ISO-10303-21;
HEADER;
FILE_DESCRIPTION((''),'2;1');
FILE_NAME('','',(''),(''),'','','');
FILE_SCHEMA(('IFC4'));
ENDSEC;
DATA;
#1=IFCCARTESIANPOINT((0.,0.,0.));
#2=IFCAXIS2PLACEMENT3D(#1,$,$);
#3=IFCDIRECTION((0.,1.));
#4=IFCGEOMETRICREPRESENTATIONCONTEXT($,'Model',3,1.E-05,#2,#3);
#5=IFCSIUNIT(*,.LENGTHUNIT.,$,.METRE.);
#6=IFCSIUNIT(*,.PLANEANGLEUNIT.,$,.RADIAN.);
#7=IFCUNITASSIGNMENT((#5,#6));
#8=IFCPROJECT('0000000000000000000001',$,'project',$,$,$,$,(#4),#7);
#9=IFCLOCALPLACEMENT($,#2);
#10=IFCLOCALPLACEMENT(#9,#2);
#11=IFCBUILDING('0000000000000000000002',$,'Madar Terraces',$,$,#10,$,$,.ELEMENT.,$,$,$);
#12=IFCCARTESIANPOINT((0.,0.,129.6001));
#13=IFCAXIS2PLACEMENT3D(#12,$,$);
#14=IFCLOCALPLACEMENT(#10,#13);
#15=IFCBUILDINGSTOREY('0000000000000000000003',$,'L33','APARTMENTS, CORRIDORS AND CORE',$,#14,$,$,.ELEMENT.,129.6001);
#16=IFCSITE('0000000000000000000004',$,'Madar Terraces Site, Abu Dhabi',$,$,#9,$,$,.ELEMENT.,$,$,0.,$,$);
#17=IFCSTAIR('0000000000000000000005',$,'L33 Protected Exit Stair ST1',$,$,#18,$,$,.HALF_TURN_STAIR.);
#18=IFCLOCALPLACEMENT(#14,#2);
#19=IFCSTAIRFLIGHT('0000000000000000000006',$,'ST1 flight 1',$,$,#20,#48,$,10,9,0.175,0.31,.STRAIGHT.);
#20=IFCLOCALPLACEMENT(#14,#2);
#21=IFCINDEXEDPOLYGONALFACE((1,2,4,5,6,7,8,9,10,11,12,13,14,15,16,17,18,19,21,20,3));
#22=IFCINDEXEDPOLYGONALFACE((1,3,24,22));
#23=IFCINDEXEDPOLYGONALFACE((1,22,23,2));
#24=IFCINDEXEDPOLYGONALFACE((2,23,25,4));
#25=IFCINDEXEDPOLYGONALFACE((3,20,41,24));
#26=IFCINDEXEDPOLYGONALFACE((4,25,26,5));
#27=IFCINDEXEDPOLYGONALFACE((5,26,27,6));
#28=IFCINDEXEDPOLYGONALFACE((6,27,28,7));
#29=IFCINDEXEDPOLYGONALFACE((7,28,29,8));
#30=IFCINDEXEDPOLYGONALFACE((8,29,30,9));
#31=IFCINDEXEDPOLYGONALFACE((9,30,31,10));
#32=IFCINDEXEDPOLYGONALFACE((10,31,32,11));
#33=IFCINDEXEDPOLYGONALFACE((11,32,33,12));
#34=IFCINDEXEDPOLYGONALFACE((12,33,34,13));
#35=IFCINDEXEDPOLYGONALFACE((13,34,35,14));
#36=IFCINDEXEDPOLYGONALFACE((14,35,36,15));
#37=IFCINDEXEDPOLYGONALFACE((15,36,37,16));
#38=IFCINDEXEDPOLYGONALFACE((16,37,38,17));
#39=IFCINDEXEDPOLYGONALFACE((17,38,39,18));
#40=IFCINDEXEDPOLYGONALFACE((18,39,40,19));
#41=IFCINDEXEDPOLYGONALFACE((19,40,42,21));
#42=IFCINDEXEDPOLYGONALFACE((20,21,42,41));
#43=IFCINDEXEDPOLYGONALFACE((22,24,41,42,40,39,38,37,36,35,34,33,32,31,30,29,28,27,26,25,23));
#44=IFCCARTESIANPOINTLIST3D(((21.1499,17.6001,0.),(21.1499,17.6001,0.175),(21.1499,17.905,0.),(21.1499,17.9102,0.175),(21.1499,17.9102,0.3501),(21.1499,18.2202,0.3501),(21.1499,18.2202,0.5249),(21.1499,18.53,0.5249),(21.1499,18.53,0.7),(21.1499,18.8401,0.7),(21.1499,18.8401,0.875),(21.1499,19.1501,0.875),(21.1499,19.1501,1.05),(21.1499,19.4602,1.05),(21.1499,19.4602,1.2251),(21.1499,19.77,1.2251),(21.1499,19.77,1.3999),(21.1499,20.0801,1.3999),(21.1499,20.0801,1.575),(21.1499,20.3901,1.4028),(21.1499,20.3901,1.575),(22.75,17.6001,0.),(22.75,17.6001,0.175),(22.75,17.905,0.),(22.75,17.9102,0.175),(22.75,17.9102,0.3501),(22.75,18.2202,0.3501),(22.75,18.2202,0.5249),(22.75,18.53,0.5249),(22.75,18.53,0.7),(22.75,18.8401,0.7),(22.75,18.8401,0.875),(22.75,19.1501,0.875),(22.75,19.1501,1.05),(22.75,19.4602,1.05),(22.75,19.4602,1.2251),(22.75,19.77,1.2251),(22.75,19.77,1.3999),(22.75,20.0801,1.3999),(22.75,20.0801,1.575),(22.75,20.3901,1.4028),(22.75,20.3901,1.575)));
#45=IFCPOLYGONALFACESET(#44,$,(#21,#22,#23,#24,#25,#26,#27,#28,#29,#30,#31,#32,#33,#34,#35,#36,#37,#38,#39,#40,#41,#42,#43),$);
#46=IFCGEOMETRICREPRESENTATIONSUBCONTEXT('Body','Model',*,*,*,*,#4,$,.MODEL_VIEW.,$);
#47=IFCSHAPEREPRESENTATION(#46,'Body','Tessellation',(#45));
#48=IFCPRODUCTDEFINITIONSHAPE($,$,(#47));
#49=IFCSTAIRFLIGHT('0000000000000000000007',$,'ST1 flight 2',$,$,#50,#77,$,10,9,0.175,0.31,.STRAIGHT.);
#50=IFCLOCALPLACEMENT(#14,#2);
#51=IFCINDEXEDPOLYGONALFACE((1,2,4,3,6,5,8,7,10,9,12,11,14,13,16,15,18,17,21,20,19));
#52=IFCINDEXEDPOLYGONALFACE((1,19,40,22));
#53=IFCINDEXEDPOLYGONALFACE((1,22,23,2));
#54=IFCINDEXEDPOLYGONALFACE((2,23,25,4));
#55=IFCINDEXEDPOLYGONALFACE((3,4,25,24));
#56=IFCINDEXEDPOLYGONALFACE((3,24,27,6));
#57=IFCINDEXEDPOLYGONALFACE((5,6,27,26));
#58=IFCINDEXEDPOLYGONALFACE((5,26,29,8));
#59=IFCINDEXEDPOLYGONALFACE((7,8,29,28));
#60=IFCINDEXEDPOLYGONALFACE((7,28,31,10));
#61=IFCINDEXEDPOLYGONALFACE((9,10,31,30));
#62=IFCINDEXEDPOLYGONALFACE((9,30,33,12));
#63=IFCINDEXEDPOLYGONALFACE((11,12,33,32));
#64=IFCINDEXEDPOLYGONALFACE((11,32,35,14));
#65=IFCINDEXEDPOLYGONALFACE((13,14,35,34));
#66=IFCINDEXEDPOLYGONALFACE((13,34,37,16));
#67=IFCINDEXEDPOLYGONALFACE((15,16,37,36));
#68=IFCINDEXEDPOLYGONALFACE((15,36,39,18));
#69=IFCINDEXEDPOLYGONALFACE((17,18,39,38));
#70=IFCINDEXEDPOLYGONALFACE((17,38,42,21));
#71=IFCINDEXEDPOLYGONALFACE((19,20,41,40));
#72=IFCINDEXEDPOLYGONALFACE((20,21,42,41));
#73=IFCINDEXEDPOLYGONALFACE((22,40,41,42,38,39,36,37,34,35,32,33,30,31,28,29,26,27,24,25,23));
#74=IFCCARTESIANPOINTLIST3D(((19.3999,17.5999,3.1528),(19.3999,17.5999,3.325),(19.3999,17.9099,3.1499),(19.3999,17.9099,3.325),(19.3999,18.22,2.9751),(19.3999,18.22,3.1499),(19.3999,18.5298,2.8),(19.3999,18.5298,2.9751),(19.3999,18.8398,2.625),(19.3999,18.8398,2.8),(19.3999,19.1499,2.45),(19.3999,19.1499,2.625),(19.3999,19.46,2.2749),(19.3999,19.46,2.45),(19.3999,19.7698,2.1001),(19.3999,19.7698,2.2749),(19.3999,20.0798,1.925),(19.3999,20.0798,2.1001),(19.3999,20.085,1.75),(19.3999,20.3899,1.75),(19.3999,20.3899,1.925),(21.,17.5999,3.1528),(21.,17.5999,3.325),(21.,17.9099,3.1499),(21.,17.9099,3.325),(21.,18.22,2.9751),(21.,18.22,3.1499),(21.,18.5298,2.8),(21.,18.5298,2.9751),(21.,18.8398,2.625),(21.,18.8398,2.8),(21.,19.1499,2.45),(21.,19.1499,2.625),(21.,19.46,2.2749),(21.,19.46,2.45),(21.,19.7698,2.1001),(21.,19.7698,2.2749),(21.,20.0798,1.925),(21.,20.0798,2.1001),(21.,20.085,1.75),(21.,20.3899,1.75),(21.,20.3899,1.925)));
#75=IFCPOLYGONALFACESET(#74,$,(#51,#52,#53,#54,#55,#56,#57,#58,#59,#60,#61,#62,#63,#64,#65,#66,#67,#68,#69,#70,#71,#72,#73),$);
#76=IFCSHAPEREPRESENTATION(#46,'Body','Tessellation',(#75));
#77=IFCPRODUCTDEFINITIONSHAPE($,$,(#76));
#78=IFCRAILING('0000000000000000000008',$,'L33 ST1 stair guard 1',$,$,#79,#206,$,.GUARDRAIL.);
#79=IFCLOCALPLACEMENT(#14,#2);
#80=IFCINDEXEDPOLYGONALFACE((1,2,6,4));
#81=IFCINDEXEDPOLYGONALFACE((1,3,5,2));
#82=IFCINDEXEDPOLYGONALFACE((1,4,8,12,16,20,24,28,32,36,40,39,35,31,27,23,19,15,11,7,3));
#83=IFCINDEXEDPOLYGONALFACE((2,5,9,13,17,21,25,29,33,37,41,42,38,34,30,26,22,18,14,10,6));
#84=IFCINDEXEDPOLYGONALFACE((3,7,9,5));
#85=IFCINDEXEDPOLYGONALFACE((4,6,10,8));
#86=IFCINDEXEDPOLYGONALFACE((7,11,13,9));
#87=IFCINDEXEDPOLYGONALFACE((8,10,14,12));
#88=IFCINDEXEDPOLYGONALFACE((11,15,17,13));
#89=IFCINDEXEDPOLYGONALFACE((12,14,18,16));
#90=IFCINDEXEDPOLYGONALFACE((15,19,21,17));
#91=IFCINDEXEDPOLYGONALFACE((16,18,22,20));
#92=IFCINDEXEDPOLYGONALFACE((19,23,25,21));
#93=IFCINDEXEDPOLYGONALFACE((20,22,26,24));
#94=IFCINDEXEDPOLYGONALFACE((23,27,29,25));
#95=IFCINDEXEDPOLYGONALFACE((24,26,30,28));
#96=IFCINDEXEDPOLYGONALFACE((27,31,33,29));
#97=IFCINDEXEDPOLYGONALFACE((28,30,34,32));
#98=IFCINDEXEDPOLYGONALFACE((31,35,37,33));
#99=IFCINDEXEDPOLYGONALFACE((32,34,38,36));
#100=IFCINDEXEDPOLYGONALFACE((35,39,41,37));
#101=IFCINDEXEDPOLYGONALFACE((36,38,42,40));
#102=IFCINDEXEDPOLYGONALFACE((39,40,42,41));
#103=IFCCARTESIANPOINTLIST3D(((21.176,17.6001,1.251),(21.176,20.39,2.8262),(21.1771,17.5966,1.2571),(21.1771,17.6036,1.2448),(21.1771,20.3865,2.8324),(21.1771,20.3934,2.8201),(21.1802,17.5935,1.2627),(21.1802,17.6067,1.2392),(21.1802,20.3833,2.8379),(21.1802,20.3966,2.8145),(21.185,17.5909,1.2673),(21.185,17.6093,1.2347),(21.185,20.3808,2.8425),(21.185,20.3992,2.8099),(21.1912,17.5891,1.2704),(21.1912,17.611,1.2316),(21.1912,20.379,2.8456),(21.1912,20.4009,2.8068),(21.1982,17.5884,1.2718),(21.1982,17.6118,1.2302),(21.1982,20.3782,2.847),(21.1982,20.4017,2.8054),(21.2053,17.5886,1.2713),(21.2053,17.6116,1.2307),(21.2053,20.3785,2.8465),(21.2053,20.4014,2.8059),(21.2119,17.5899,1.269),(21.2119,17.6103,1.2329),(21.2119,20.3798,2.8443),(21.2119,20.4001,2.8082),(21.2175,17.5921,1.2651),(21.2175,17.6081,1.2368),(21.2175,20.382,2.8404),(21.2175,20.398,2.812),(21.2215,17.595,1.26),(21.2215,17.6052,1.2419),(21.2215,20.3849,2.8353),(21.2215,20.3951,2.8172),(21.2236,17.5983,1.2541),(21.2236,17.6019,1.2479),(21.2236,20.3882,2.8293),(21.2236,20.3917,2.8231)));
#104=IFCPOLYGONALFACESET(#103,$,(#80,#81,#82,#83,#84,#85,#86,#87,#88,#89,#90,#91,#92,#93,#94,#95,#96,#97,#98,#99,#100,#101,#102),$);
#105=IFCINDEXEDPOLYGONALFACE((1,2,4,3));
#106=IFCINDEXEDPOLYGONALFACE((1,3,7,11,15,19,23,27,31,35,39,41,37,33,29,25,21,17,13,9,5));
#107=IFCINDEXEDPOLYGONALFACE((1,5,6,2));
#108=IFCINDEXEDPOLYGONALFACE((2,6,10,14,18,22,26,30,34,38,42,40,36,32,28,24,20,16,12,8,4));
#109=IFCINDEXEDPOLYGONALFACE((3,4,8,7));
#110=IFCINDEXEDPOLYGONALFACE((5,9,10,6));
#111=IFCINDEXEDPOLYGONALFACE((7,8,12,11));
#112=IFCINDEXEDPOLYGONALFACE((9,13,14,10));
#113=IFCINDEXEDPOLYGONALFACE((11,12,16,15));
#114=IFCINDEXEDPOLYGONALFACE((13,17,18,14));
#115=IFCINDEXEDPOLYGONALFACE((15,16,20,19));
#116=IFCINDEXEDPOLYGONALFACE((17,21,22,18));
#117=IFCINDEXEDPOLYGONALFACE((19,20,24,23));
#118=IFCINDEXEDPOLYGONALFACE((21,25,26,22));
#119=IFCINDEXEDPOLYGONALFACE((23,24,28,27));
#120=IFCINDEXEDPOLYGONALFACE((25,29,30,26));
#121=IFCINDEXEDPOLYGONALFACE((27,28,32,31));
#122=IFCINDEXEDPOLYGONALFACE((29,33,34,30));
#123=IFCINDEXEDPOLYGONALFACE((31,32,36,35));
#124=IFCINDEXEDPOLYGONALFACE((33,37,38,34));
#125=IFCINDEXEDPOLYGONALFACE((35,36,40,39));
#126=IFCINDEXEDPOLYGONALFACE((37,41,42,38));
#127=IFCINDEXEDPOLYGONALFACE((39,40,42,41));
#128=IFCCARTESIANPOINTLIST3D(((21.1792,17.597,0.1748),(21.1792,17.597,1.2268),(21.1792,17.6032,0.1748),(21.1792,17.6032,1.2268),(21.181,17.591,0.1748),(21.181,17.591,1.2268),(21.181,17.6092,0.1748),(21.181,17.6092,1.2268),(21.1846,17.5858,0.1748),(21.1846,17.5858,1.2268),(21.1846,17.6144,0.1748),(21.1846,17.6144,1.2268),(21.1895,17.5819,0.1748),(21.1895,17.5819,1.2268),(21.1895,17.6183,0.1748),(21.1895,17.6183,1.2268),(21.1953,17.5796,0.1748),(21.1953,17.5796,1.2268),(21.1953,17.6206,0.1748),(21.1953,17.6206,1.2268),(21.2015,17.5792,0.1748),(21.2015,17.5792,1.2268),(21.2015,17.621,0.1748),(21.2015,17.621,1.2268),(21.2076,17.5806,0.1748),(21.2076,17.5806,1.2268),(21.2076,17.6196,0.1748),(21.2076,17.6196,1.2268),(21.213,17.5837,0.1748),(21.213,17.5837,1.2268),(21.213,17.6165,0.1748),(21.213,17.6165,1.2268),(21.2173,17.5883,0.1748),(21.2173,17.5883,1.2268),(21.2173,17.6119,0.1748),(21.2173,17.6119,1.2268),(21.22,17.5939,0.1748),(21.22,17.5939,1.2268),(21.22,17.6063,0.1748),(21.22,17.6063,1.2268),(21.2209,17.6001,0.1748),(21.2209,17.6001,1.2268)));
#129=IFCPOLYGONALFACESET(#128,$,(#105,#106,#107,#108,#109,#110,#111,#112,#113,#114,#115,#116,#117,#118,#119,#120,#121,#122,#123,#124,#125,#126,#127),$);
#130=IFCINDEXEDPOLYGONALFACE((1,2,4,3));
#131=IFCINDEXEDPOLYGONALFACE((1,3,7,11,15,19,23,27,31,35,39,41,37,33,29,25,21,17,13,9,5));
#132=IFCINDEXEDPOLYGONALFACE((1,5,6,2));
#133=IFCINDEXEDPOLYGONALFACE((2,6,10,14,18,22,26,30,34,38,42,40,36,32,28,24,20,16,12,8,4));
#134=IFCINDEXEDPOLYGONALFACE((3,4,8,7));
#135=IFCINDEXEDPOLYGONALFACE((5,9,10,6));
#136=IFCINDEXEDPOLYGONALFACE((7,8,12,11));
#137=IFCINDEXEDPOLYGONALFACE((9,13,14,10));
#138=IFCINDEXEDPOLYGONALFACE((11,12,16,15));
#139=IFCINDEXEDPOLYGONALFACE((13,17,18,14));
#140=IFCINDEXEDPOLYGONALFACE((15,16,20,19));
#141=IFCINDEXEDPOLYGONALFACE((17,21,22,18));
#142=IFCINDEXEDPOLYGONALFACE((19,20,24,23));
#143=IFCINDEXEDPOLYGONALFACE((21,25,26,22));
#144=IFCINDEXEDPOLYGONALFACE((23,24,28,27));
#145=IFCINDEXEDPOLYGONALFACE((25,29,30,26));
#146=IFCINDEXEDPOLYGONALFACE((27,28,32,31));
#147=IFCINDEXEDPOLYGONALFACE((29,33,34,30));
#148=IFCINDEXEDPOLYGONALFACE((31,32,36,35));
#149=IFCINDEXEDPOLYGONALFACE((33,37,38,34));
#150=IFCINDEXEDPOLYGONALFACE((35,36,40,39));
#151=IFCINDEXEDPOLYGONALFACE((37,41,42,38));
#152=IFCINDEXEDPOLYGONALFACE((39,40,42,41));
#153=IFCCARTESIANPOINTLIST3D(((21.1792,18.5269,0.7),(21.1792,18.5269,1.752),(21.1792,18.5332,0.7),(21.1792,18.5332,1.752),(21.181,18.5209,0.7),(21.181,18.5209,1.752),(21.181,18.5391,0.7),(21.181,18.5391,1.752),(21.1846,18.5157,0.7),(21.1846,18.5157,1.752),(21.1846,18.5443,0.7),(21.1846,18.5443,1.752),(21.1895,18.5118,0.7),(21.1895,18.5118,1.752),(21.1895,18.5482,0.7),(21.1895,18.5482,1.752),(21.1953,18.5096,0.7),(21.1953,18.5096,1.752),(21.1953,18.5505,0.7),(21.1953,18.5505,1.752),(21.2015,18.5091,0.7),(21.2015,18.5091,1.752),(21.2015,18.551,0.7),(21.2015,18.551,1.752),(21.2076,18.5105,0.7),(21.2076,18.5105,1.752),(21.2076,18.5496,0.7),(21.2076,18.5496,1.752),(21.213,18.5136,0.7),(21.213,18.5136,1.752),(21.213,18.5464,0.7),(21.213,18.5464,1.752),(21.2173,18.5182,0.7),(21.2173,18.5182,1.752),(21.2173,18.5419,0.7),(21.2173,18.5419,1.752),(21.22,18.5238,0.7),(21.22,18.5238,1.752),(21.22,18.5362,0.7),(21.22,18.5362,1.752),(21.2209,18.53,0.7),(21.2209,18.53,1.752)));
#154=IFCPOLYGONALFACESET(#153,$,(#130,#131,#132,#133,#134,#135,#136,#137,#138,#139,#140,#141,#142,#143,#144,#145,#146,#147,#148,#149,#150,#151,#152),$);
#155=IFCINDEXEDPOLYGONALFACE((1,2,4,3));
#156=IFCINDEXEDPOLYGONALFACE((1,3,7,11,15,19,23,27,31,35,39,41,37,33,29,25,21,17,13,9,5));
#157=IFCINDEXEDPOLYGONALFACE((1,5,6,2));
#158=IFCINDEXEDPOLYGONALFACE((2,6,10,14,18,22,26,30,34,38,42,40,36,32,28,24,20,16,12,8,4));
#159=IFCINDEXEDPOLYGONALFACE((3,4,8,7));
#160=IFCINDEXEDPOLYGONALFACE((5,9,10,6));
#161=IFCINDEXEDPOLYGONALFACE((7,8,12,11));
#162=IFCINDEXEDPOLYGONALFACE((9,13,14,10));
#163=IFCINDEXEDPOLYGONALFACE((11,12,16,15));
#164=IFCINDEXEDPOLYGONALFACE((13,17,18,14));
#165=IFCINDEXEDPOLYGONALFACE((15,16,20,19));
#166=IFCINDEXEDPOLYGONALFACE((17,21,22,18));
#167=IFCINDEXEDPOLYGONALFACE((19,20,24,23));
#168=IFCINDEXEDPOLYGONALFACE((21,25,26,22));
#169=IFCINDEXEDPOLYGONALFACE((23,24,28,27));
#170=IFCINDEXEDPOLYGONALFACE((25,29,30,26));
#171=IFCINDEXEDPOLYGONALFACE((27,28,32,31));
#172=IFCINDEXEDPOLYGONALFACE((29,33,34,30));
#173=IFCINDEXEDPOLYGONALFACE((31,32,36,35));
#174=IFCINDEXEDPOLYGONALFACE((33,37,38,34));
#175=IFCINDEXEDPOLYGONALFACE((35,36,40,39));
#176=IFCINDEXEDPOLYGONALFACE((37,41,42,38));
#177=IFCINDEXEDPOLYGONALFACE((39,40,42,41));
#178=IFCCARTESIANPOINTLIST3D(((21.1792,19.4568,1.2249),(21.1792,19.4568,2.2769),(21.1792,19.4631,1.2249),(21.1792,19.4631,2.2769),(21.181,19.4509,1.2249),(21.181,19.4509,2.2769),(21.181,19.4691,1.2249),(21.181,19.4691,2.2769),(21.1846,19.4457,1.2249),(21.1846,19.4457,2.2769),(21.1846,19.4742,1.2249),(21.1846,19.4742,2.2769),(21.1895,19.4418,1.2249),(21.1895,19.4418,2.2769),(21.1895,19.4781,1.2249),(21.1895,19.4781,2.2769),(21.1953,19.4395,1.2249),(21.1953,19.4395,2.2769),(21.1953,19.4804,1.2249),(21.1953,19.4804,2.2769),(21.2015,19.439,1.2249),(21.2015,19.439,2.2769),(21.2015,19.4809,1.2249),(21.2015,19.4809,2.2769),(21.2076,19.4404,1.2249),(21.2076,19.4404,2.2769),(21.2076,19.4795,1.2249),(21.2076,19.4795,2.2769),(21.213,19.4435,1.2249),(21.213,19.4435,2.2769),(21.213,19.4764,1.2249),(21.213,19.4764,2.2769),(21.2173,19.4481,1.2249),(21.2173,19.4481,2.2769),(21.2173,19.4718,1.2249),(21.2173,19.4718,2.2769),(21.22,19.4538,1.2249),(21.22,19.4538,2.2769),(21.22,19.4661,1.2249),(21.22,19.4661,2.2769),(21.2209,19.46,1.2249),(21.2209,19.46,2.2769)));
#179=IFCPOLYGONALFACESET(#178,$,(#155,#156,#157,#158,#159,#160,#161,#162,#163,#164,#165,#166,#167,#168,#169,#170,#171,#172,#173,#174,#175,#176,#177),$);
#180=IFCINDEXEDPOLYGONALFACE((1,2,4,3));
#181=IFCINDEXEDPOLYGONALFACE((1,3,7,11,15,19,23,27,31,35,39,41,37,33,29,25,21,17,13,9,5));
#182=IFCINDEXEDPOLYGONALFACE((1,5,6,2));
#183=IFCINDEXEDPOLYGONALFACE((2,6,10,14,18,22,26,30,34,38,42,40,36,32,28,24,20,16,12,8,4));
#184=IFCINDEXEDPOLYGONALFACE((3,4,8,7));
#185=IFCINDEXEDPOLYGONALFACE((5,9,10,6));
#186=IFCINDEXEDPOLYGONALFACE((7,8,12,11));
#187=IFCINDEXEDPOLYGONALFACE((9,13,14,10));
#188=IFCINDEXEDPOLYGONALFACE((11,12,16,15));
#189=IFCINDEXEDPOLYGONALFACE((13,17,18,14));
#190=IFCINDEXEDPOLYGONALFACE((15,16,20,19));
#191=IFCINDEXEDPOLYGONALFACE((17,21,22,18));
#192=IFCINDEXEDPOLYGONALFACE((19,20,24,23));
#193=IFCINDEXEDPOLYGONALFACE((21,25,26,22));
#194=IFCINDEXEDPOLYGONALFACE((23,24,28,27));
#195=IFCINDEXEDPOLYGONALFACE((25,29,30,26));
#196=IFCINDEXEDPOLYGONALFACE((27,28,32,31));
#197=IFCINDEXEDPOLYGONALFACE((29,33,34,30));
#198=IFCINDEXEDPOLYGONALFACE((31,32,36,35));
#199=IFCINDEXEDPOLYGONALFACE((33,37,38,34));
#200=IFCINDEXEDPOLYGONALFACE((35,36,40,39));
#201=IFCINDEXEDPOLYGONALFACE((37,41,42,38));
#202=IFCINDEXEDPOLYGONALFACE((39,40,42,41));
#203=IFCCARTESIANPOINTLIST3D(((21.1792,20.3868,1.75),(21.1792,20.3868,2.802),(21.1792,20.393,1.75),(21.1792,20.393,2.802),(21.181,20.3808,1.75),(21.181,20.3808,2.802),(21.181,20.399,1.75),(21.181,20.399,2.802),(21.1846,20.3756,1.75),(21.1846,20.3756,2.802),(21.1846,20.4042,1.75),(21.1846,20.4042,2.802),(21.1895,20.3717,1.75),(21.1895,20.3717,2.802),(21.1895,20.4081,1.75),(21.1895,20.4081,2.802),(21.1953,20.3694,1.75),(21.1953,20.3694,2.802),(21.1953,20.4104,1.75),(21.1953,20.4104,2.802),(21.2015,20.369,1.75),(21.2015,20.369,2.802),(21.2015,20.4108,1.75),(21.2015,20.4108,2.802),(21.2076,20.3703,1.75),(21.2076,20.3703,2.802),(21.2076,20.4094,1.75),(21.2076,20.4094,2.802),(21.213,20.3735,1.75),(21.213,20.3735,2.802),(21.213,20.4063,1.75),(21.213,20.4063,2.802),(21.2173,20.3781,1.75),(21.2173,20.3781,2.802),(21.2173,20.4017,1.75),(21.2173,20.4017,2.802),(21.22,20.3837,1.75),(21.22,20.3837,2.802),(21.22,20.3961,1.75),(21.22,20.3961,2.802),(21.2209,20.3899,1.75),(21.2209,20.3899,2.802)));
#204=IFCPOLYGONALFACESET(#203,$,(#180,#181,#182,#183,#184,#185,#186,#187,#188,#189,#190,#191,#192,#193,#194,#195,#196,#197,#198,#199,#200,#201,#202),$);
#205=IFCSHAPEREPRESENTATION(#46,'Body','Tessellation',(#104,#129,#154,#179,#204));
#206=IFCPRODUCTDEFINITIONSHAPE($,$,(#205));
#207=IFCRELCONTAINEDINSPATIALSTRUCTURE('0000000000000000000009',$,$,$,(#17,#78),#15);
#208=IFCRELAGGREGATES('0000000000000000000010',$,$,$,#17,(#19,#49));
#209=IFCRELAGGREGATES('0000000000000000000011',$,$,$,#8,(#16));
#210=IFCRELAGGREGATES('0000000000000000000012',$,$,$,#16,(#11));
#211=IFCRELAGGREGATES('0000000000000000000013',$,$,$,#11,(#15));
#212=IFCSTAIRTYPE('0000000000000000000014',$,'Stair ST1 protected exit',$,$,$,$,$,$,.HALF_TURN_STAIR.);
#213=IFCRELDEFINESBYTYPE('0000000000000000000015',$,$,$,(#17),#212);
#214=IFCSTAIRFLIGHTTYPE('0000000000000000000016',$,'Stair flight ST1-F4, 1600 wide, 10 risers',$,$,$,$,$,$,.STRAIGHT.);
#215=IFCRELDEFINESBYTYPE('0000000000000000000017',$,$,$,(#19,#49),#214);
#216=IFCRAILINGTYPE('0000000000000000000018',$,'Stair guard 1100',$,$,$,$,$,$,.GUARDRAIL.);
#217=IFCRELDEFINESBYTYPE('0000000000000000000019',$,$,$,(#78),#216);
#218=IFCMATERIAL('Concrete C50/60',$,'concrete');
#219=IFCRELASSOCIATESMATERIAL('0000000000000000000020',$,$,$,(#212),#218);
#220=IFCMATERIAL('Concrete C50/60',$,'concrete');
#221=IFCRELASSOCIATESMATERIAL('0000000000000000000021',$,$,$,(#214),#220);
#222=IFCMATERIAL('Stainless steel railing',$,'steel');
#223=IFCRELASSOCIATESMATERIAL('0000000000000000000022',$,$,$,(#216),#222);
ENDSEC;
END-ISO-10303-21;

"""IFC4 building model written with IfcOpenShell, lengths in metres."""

from ifc_helpers import new_model, si_unit, direction, frame, origin, origin_2d, place, context, subcontext, project, spatial, polyline, circle, outline, extrude, material, type_object, element, aggregate, save


model = new_model("IFC4")

# Units and contexts
model_context = context("Model", 3, precision=1e-05, world=origin(), true_north=direction((0.0, 1.0)))
body_context = subcontext(model_context, "Body", "Model", "MODEL_VIEW")
ifc_project = project(units=[si_unit("LENGTHUNIT", "METRE"), si_unit("PLANEANGLEUNIT", "RADIAN")], contexts=[model_context])

# Site, building, storey
site_placement = place(None, origin())
site = spatial("IfcSite", under=ifc_project, at=site_placement, Name="Madar Terraces Site, Abu Dhabi", CompositionType="ELEMENT", RefElevation=0.0)
building_placement = place(site_placement, origin())
building = spatial("IfcBuilding", under=site, at=building_placement, Name="Madar Terraces", CompositionType="ELEMENT")
storey_placement = place(building_placement, frame((0.0, 0.0, 129.6001)))
storey = spatial("IfcBuildingStorey", under=building, at=storey_placement, Name="L33", Description="APARTMENTS, CORRIDORS AND CORE", CompositionType="ELEMENT", Elevation=129.6001)

# Stair, stair flights
ifc_material_1 = material(Name="Concrete C50/60", Category="concrete")
stair_type = type_object("IfcStairType", Name="Stair ST1 protected exit", PredefinedType="HALF_TURN_STAIR", material=ifc_material_1)
stair_placement = place(storey_placement, origin())
stair = element("IfcStair", 1, at=stair_placement, inside=storey, type_object=stair_type, Name="L33 Protected Exit Stair ST1", PredefinedType="HALF_TURN_STAIR")
ifc_material_2 = material(Name="Concrete C50/60", Category="concrete")
stair_flight_type = type_object("IfcStairFlightType", Name="Stair flight ST1-F4, 1600 wide, 10 risers", PredefinedType="STRAIGHT", material=ifc_material_2)
stair_flight_1_placement = place(storey_placement, frame((21.95, 17.6001, 0.0), z_axis=(0.0, 0.0, 1.0), x_axis=(0.0, 1.0, 0.0)))
stair_flight_1 = element("IfcStairFlight", 2, at=stair_flight_1_placement, type_object=stair_flight_type, Name="ST1 flight 1", NumberOfRisers=10, NumberOfTreads=9, PredefinedType="STRAIGHT", RiserHeight=0.175, TreadLength=0.31, context=body_context, shape_type="SweptSolid", body=[
    extrude(outline(polyline([(0.0, 0.0), (0.0, 0.175), (0.3101, 0.175), (0.3101, 0.3501), (0.6201, 0.3501), (0.6201, 0.5249), (0.9299, 0.5249), (0.9299, 0.7), (1.24, 0.7), (1.24, 0.875), (1.55, 0.875), (1.55, 1.05), (1.8601, 1.05), (1.8601, 1.2251), (2.1699, 1.2251), (2.1699, 1.3999), (2.48, 1.3999), (2.48, 1.575), (2.79, 1.575), (2.79, 1.75), (2.79, 1.4028), (0.3049, 0.0), (0.0, 0.0)])), frame((0.0, 0.8, 0.0), z_axis=(0.0, -1.0, 0.0), x_axis=(1.0, 0.0, 0.0)), (0.0, 0.0, 1.0), 1.6001),
])
stair_flight_2_placement = place(storey_placement, frame((20.2, 20.3899, 1.75), z_axis=(0.0, 0.0, 1.0), x_axis=(0.0, -1.0, 0.0)))
stair_flight_2 = element("IfcStairFlight", 3, at=stair_flight_2_placement, type_object=stair_flight_type, Name="ST1 flight 2", NumberOfRisers=10, NumberOfTreads=9, PredefinedType="STRAIGHT", RiserHeight=0.175, TreadLength=0.31, context=body_context, shape_type="SweptSolid", body=[
    extrude(outline(polyline([(0.0, 0.0), (0.0, 0.175), (0.3101, 0.175), (0.3101, 0.3501), (0.6201, 0.3501), (0.6201, 0.5249), (0.9299, 0.5249), (0.9299, 0.7), (1.24, 0.7), (1.24, 0.875), (1.55, 0.875), (1.55, 1.05), (1.8601, 1.05), (1.8601, 1.2251), (2.1699, 1.2251), (2.1699, 1.3999), (2.48, 1.3999), (2.48, 1.575), (2.79, 1.575), (2.79, 1.75), (2.79, 1.4028), (0.3049, 0.0), (0.0, 0.0)])), frame((0.0, 0.8, 0.0), z_axis=(0.0, -1.0, 0.0), x_axis=(1.0, 0.0, 0.0)), (0.0, 0.0, 1.0), 1.6001),
])
aggregate(stair, [stair_flight_1, stair_flight_2])

# Railing
ifc_material_3 = material(Name="Stainless steel railing", Category="steel")
railing_type_1 = type_object("IfcRailingType", Name="Stair guard 1100", PredefinedType="GUARDRAIL", material=ifc_material_3)
railing_1_placement = place(storey_placement, frame((21.2, 17.6001, 0.1748)))
element("IfcRailing", 4, at=railing_1_placement, inside=storey, type_object=railing_type_1, Name="L33 ST1 stair guard 1", PredefinedType="GUARDRAIL", context=body_context, shape_type="SweptSolid", body=[
    extrude(circle(Radius=0.0239, at=origin_2d()), frame((0.0, 0.0, 1.0762), z_axis=(0.0, 0.870783, 0.491668), x_axis=(-1.0, 0.0, 0.0)), (0.0, 0.0, 1.0), 3.2039),
    extrude(circle(Radius=0.021, at=origin_2d()), origin(), (0.0, 0.0, 1.0), 1.052),
    extrude(circle(Radius=0.021, at=origin_2d()), frame((0.0, 0.9299, 0.5251)), (0.0, 0.0, 1.0), 1.052),
    extrude(circle(Radius=0.021, at=origin_2d()), frame((0.0, 1.8599, 1.05)), (0.0, 0.0, 1.0), 1.052),
    extrude(circle(Radius=0.021, at=origin_2d()), frame((0.0, 2.7898, 1.5752)), (0.0, 0.0, 1.0), 1.052),
])

save(model, "model.ifc")
